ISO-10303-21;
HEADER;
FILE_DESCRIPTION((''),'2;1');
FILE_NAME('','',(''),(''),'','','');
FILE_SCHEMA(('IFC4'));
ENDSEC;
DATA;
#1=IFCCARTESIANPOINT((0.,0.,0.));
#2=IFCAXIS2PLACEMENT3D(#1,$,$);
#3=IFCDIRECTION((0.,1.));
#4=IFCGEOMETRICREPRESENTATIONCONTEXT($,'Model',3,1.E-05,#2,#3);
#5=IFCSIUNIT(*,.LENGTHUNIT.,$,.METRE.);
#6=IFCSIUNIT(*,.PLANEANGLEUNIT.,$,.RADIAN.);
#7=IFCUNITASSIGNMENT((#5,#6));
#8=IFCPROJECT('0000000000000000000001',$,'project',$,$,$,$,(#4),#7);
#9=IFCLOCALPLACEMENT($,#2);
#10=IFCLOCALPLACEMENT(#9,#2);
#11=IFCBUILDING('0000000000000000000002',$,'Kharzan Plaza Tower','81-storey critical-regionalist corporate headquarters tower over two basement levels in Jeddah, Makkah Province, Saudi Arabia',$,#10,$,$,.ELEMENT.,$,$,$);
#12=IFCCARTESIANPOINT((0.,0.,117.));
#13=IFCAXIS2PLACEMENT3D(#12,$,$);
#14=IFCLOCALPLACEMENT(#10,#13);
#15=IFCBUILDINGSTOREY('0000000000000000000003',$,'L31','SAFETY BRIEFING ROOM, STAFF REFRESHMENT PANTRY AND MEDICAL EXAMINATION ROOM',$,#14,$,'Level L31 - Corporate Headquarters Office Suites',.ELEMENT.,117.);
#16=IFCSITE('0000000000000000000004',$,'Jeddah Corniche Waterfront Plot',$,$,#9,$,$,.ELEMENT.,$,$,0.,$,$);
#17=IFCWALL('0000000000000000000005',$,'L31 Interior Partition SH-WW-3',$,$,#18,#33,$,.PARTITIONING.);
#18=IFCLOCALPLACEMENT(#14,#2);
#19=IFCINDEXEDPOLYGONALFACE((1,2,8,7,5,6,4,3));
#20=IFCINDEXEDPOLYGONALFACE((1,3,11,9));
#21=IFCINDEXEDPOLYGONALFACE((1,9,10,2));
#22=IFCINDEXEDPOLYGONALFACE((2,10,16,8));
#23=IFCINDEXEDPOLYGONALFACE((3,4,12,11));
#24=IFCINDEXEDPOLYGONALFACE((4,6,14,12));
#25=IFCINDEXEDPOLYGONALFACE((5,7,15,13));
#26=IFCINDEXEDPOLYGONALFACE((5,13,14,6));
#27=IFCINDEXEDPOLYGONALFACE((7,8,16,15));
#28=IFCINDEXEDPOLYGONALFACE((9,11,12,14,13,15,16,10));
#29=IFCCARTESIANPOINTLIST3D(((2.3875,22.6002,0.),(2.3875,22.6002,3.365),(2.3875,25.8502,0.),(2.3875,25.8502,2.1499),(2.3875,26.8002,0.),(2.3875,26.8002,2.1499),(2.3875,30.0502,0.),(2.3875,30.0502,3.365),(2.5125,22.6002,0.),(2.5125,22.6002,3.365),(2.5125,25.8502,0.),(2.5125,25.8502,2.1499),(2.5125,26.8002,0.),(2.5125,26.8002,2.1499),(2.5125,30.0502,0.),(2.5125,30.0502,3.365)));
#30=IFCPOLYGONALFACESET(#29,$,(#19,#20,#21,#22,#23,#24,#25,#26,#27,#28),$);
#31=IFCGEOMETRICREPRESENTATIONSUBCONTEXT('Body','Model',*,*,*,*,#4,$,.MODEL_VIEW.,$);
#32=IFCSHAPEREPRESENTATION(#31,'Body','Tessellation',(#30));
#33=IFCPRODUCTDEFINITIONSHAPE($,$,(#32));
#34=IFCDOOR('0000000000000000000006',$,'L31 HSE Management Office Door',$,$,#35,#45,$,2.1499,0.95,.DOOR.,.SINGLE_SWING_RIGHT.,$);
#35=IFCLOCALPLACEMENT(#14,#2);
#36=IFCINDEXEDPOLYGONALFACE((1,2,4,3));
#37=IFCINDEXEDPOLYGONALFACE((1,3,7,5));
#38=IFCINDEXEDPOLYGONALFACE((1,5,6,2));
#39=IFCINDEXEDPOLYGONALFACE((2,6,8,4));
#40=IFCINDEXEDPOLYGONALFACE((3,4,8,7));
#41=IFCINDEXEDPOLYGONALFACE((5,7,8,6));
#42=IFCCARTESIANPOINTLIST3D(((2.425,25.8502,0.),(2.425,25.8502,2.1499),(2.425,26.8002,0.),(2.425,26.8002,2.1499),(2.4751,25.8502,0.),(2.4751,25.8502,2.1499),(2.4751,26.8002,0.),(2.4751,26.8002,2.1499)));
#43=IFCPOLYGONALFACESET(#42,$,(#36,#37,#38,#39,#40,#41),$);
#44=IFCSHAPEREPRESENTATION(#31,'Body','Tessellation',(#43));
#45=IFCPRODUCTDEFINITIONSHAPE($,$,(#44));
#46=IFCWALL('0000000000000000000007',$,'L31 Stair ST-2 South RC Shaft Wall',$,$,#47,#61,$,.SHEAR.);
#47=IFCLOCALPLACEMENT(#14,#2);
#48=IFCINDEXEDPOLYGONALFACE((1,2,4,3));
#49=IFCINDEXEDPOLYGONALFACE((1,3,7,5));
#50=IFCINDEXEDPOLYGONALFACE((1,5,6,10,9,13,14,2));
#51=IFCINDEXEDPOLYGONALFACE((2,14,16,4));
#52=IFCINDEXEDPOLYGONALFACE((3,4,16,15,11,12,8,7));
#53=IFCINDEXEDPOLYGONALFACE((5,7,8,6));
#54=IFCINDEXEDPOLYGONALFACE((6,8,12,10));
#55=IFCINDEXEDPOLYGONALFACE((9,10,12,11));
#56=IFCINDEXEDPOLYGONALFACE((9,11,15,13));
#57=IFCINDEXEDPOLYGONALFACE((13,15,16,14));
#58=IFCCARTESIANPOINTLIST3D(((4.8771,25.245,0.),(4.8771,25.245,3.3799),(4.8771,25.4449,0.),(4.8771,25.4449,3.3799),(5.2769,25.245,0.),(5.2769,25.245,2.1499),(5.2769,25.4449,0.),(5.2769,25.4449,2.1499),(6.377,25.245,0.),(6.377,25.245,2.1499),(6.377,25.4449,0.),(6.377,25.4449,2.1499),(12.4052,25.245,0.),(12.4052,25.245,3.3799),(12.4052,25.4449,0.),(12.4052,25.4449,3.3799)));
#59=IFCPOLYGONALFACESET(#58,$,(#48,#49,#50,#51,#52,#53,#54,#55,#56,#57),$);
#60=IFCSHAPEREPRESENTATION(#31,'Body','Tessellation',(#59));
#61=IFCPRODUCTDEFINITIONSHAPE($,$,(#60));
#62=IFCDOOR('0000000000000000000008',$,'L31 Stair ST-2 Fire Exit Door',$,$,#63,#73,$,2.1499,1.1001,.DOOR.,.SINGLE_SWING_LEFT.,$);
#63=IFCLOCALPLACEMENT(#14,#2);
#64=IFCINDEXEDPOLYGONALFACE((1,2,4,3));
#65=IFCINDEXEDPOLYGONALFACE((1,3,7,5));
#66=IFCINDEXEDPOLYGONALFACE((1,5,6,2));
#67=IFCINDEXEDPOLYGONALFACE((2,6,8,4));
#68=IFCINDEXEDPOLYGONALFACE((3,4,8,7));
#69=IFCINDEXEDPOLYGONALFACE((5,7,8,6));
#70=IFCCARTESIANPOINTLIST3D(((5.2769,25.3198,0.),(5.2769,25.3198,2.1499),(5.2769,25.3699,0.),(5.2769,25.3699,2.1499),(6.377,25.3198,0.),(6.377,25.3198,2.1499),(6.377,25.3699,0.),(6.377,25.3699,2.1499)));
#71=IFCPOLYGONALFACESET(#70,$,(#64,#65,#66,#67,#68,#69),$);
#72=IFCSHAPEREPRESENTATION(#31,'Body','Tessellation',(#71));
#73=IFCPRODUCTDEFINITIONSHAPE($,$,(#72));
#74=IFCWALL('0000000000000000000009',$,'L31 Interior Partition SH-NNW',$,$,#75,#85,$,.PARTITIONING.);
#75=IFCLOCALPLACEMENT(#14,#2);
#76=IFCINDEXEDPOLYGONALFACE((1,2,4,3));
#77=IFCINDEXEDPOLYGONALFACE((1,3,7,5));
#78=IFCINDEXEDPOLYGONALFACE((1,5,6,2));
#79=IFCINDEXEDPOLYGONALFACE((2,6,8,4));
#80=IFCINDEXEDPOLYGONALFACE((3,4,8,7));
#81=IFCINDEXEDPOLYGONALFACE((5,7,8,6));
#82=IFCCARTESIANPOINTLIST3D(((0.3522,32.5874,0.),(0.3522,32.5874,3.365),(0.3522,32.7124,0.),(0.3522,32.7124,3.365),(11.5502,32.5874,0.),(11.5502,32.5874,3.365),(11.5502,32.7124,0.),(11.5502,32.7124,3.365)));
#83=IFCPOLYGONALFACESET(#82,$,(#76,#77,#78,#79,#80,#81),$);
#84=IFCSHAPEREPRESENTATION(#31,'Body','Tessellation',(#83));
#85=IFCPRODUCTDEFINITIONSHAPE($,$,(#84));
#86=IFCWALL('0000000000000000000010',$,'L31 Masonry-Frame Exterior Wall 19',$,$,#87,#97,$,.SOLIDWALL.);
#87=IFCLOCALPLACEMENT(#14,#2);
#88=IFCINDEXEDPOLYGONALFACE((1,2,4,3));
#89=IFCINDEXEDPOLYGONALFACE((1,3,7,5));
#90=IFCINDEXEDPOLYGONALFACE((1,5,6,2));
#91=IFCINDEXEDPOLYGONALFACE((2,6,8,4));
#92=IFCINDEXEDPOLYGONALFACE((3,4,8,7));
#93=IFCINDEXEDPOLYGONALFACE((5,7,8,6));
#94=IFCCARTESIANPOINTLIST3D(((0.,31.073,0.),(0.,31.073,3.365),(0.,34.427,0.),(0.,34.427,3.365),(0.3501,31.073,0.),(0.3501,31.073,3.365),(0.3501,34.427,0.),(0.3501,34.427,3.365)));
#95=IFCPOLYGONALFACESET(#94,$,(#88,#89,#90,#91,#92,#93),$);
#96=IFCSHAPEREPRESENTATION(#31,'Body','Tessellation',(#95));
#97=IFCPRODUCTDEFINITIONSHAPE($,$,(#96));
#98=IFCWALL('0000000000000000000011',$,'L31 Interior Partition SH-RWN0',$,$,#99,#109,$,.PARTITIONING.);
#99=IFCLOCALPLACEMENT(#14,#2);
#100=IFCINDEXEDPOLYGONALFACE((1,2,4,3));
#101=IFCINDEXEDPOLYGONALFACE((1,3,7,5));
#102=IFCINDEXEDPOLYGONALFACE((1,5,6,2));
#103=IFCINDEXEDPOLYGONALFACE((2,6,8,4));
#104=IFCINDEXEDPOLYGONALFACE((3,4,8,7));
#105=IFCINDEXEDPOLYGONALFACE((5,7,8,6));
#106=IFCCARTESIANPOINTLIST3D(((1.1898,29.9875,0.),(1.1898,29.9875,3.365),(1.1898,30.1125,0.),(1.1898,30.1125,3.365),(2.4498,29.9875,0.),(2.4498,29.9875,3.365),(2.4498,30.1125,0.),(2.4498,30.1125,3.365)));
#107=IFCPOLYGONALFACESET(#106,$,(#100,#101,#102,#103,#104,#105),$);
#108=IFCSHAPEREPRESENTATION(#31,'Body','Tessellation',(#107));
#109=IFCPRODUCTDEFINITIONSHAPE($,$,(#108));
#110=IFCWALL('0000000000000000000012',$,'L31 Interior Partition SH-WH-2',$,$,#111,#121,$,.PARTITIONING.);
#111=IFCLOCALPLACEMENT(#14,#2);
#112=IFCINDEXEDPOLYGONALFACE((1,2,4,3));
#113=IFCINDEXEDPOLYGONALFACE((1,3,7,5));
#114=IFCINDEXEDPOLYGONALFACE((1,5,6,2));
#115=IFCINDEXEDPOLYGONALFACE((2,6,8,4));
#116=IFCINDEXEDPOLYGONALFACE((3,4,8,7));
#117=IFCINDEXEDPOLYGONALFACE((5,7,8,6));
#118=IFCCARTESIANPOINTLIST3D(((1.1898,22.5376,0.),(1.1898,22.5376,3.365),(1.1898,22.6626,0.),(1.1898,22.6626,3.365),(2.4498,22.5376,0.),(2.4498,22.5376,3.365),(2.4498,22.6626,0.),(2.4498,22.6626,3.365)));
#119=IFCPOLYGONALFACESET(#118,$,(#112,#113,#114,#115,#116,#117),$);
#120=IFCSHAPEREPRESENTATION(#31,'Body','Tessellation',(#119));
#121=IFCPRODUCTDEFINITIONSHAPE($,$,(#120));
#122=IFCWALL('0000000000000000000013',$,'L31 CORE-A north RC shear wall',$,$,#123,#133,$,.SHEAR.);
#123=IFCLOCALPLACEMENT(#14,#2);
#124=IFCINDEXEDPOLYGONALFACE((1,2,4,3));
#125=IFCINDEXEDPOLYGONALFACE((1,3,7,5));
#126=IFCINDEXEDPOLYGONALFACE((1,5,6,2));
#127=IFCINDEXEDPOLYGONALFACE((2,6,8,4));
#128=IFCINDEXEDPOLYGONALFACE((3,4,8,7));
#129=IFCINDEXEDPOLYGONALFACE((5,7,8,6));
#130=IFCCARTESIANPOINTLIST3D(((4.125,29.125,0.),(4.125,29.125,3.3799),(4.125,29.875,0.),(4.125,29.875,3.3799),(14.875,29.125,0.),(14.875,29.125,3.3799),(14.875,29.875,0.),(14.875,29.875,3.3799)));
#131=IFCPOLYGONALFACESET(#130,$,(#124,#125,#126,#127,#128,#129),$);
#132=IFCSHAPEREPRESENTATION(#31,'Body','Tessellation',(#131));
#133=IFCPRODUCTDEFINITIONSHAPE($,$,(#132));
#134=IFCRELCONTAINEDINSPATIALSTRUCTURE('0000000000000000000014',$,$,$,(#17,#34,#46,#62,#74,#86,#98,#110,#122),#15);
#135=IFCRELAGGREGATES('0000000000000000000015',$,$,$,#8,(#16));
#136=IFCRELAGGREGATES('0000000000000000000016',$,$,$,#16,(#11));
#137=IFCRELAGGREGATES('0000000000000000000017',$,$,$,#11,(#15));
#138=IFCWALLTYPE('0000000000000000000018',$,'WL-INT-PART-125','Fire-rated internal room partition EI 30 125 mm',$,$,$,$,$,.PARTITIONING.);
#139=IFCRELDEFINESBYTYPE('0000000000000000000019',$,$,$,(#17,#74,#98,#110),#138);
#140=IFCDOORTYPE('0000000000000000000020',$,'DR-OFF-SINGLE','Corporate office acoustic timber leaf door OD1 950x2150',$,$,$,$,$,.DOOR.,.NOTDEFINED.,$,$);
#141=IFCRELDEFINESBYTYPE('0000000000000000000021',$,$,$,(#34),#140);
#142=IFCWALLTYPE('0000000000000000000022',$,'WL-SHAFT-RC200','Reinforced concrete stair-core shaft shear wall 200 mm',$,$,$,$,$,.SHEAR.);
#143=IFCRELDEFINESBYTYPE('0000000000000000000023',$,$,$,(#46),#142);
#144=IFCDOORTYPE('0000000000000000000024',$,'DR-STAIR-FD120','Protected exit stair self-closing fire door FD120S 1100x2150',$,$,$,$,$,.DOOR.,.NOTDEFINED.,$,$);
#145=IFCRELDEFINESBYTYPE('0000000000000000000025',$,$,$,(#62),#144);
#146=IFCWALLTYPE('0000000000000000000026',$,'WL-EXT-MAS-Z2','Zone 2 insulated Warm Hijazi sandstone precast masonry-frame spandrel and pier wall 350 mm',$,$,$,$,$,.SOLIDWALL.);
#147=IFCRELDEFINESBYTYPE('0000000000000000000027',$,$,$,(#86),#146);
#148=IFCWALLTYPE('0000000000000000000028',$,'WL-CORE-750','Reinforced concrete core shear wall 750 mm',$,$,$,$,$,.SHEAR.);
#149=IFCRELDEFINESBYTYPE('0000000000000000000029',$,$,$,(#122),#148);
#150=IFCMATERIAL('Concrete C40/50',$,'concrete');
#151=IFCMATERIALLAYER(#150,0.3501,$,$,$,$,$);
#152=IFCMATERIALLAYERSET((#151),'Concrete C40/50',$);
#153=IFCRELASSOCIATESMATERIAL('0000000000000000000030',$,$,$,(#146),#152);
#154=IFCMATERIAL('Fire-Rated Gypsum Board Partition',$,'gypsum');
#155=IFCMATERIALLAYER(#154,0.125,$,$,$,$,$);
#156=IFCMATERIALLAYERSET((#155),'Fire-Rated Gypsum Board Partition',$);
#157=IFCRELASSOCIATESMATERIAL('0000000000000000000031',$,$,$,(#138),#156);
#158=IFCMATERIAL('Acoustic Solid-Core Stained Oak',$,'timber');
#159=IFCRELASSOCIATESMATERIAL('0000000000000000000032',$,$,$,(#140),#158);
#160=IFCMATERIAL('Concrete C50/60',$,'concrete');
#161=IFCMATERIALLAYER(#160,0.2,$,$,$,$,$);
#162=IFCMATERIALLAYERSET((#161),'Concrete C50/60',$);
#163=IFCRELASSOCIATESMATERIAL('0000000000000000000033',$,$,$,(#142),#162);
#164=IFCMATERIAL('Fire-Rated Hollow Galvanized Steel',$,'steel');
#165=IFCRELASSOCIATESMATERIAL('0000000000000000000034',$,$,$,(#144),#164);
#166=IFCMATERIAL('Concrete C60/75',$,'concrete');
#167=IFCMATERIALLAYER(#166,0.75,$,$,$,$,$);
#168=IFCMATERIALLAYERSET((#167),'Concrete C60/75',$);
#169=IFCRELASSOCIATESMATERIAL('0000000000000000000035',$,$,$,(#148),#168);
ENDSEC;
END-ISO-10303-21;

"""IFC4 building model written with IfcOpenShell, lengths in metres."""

from ifc_helpers import new_model, si_unit, direction, frame, frame_2d, origin, place, context, subcontext, project, spatial, rectangle, extrude, source, transform, mapped, material, layer, layer_set, type_object, element, fill, save


model = new_model("IFC4")

# Units and contexts
model_context = context("Model", 3, precision=1e-05, world=origin(), true_north=direction((0.0, 1.0)))
body_context = subcontext(model_context, "Body", "Model", "MODEL_VIEW")
ifc_project = project(units=[si_unit("LENGTHUNIT", "METRE"), si_unit("PLANEANGLEUNIT", "RADIAN")], contexts=[model_context])

# Site, building, storey
site_placement = place(None, origin())
site = spatial("IfcSite", under=ifc_project, at=site_placement, Name="Jeddah Corniche Waterfront Plot", CompositionType="ELEMENT", RefElevation=0.0)
building_placement = place(site_placement, origin())
building = spatial("IfcBuilding", under=site, at=building_placement, Name="Kharzan Plaza Tower", Description="81-storey critical-regionalist corporate headquarters tower over two basement levels in Jeddah, Makkah Province, Saudi Arabia", CompositionType="ELEMENT")
storey_placement = place(building_placement, frame((0.0, 0.0, 117.0)))
storey = spatial("IfcBuildingStorey", under=building, at=storey_placement, Name="L31", Description="SAFETY BRIEFING ROOM, STAFF REFRESHMENT PANTRY AND MEDICAL EXAMINATION ROOM", LongName="Level L31 - Corporate Headquarters Office Suites", CompositionType="ELEMENT", Elevation=117.0)

# Shared definitions
ifc_material_1 = material(Name="Concrete C60/75", Category="concrete")

# Shared definitions
ifc_material_2 = material(Name="Concrete C40/50", Category="concrete")
ifc_layer_1 = layer(ifc_material_2, 0.3501)
ifc_layer_set_1 = layer_set([ifc_layer_1], Name="Concrete C40/50")
wall_type_1 = type_object("IfcWallType", Name="WL-EXT-MAS-Z2", Description="Zone 2 insulated Warm Hijazi sandstone precast masonry-frame spandrel and pier wall 350 mm", PredefinedType="SOLIDWALL", material=ifc_layer_set_1)

# Walls, openings, doors
ifc_material_3 = material(Name="Fire-Rated Gypsum Board Partition", Category="gypsum")
ifc_layer_2 = layer(ifc_material_3, 0.125)
ifc_layer_set_2 = layer_set([ifc_layer_2], Name="Fire-Rated Gypsum Board Partition")
wall_type_2 = type_object("IfcWallType", Name="WL-INT-PART-125", Description="Fire-rated internal room partition EI 30 125 mm", PredefinedType="PARTITIONING", material=ifc_layer_set_2)
wall_1_placement = place(storey_placement, frame((2.45, 22.6001, 0.0), z_axis=(0.0, 0.0, 1.0), x_axis=(0.0, 1.0, 0.0)))
wall_1 = element("IfcWall", 1, at=wall_1_placement, inside=storey, type_object=wall_type_2, Name="L31 Interior Partition SH-WW-3", PredefinedType="PARTITIONING", context=body_context, shape_type="SweptSolid", body=[
    extrude(rectangle(XDim=7.45, YDim=0.125, at=frame_2d((3.7251, 0.0))), origin(), (0.0, 0.0, 1.0), 3.365),
])
opening_1_placement = place(wall_1_placement, frame((3.25, 0.0, 0.0)))
opening_1 = element("IfcOpeningElement", 2, at=opening_1_placement, cuts=wall_1, PredefinedType="OPENING", context=body_context, shape_type="SweptSolid", body=[
    extrude(rectangle(XDim=0.95, YDim=2.1499, at=frame_2d((0.4751, 1.075))), frame((0.0, 0.0725, 0.0), z_axis=(0.0, -1.0, 0.0), x_axis=(1.0, 0.0, 0.0)), (0.0, 0.0, 1.0), 0.145),
])
ifc_material_4 = material(Name="Acoustic Solid-Core Stained Oak", Category="timber")
door_type_1 = type_object("IfcDoorType", Name="DR-OFF-SINGLE", Description="Corporate office acoustic timber leaf door OD1 950x2150", OperationType="NOTDEFINED", PredefinedType="DOOR", material=ifc_material_4)
shared_shape_1 = source(origin(), body_context, "Body", "SweptSolid", [
    extrude(rectangle(XDim=0.95, YDim=2.1499, at=frame_2d((0.4751, 1.075))), frame((0.0, 0.0249, 0.0), z_axis=(0.0, -1.0, 0.0), x_axis=(1.0, 0.0, 0.0)), (0.0, 0.0, 1.0), 0.05),
])
door_1_placement = place(opening_1_placement, origin())
door_1 = element("IfcDoor", 3, at=door_1_placement, inside=storey, type_object=door_type_1, Name="L31 HSE Management Office Door", OperationType="SINGLE_SWING_RIGHT", OverallHeight=2.1499, OverallWidth=0.95, PredefinedType="DOOR", context=body_context, shape_type="MappedRepresentation", body=[
    mapped(shared_shape_1, transform((0.0, 0.0, 0.0), x_axis=(1.0, 0.0, 0.0), y_axis=(0.0, 1.0, 0.0), z_axis=(0.0, 0.0, 1.0))),
])
fill(opening_1, door_1)
ifc_material_5 = material(Name="Concrete C50/60", Category="concrete")
ifc_layer_3 = layer(ifc_material_5, 0.2)
ifc_layer_set_3 = layer_set([ifc_layer_3], Name="Concrete C50/60")
wall_type_3 = type_object("IfcWallType", Name="WL-SHAFT-RC200", Description="Reinforced concrete stair-core shaft shear wall 200 mm", PredefinedType="SHEAR", material=ifc_layer_set_3)
wall_2_placement = place(storey_placement, frame((4.877, 25.345, 0.0), z_axis=(0.0, 0.0, 1.0), x_axis=(1.0, 0.0, 0.0)))
wall_2 = element("IfcWall", 4, at=wall_2_placement, inside=storey, type_object=wall_type_3, Name="L31 Stair ST-2 South RC Shaft Wall", PredefinedType="SHEAR", context=body_context, shape_type="SweptSolid", body=[
    extrude(rectangle(XDim=7.5281, YDim=0.2, at=frame_2d((3.7642, 0.0))), origin(), (0.0, 0.0, 1.0), 3.3799),
])
opening_2_placement = place(wall_2_placement, frame((0.3999, 0.0, 0.0)))
opening_2 = element("IfcOpeningElement", 5, at=opening_2_placement, cuts=wall_2, PredefinedType="OPENING", context=body_context, shape_type="SweptSolid", body=[
    extrude(rectangle(XDim=1.1001, YDim=2.1499, at=frame_2d((0.55, 1.075))), frame((0.0, 0.1099, 0.0), z_axis=(0.0, -1.0, 0.0), x_axis=(1.0, 0.0, 0.0)), (0.0, 0.0, 1.0), 0.22),
])
ifc_material_6 = material(Name="Fire-Rated Hollow Galvanized Steel", Category="steel")
door_type_2 = type_object("IfcDoorType", Name="DR-STAIR-FD120", Description="Protected exit stair self-closing fire door FD120S 1100x2150", OperationType="NOTDEFINED", PredefinedType="DOOR", material=ifc_material_6)
shared_shape_2 = source(origin(), body_context, "Body", "SweptSolid", [
    extrude(rectangle(XDim=1.1001, YDim=2.1499, at=frame_2d((0.55, 1.075))), frame((0.0, 0.0249, 0.0), z_axis=(0.0, -1.0, 0.0), x_axis=(1.0, 0.0, 0.0)), (0.0, 0.0, 1.0), 0.05),
])
door_2_placement = place(opening_2_placement, origin())
door_2 = element("IfcDoor", 6, at=door_2_placement, inside=storey, type_object=door_type_2, Name="L31 Stair ST-2 Fire Exit Door", OperationType="SINGLE_SWING_LEFT", OverallHeight=2.1499, OverallWidth=1.1001, PredefinedType="DOOR", context=body_context, shape_type="MappedRepresentation", body=[
    mapped(shared_shape_2, transform((0.0, 0.0, 0.0), x_axis=(1.0, 0.0, 0.0), y_axis=(0.0, 1.0, 0.0), z_axis=(0.0, 0.0, 1.0))),
])
fill(opening_2, door_2)

# Walls
shared_shape_3 = source(origin(), body_context, "Body", "SweptSolid", [
    extrude(rectangle(XDim=11.198, YDim=0.125, at=frame_2d((5.5991, 0.0))), origin(), (0.0, 0.0, 1.0), 3.365),
])
wall_3_placement = place(storey_placement, frame((0.3521, 32.6499, 0.0), z_axis=(0.0, 0.0, 1.0), x_axis=(1.0, 0.0, 0.0)))
element("IfcWall", 7, at=wall_3_placement, inside=storey, type_object=wall_type_2, Name="L31 Interior Partition SH-NNW", PredefinedType="PARTITIONING", context=body_context, shape_type="MappedRepresentation", body=[
    mapped(shared_shape_3, transform((0.0, 0.0, 0.0), x_axis=(1.0, 0.0, 0.0), y_axis=(0.0, 1.0, 0.0), z_axis=(0.0, 0.0, 1.0))),
])
shared_shape_4 = source(origin(), body_context, "Body", "SweptSolid", [
    extrude(rectangle(XDim=3.354, YDim=0.3501, at=frame_2d((1.677, 0.0))), origin(), (0.0, 0.0, 1.0), 3.365),
])
wall_4_placement = place(storey_placement, frame((0.175, 34.427, 0.0), z_axis=(0.0, 0.0, 1.0), x_axis=(0.0, -1.0, 0.0)))
element("IfcWall", 8, at=wall_4_placement, inside=storey, type_object=wall_type_1, Name="L31 Masonry-Frame Exterior Wall 19", PredefinedType="SOLIDWALL", context=body_context, shape_type="MappedRepresentation", body=[
    mapped(shared_shape_4, transform((0.0, 0.0, 0.0), x_axis=(1.0, 0.0, 0.0), y_axis=(0.0, 1.0, 0.0), z_axis=(0.0, 0.0, 1.0))),
])
shared_shape_5 = source(origin(), body_context, "Body", "SweptSolid", [
    extrude(rectangle(XDim=1.26, YDim=0.125, at=frame_2d((0.6299, 0.0))), origin(), (0.0, 0.0, 1.0), 3.365),
])
for number, where, z_axis, x_axis, name in (
    (9, (1.1899, 30.05, 0.0), (0.0, 0.0, 1.0), (1.0, 0.0, 0.0), "L31 Interior Partition SH-RWN0"),
    (10, (1.1899, 22.6001, 0.0), (0.0, 0.0, 1.0), (1.0, 0.0, 0.0), "L31 Interior Partition SH-WH-2"),
):
    element("IfcWall", number, at=place(storey_placement, frame(where, z_axis=z_axis, x_axis=x_axis)), inside=storey, type_object=wall_type_2, Name=name, PredefinedType="PARTITIONING", context=body_context, shape_type="MappedRepresentation", body=[
        mapped(shared_shape_5, transform((0.0, 0.0, 0.0), x_axis=(1.0, 0.0, 0.0), y_axis=(0.0, 1.0, 0.0), z_axis=(0.0, 0.0, 1.0))),
    ])
ifc_layer_4 = layer(ifc_material_1, 0.75)
ifc_layer_set_4 = layer_set([ifc_layer_4], Name="Concrete C60/75")
wall_type_4 = type_object("IfcWallType", Name="WL-CORE-750", Description="Reinforced concrete core shear wall 750 mm", PredefinedType="SHEAR", material=ifc_layer_set_4)
shared_shape_6 = source(origin(), body_context, "Body", "SweptSolid", [
    extrude(rectangle(XDim=10.75, YDim=0.75, at=frame_2d((5.375, 0.0))), origin(), (0.0, 0.0, 1.0), 3.3799),
])
wall_5_placement = place(storey_placement, frame((4.125, 29.5, 0.0), z_axis=(0.0, 0.0, 1.0), x_axis=(1.0, 0.0, 0.0)))
element("IfcWall", 11, at=wall_5_placement, inside=storey, type_object=wall_type_4, Name="L31 CORE-A north RC shear wall", PredefinedType="SHEAR", context=body_context, shape_type="MappedRepresentation", body=[
    mapped(shared_shape_6, transform((0.0, 0.0, 0.0), x_axis=(1.0, 0.0, 0.0), y_axis=(0.0, 1.0, 0.0), z_axis=(0.0, 0.0, 1.0))),
])

save(model, "model.ifc")
